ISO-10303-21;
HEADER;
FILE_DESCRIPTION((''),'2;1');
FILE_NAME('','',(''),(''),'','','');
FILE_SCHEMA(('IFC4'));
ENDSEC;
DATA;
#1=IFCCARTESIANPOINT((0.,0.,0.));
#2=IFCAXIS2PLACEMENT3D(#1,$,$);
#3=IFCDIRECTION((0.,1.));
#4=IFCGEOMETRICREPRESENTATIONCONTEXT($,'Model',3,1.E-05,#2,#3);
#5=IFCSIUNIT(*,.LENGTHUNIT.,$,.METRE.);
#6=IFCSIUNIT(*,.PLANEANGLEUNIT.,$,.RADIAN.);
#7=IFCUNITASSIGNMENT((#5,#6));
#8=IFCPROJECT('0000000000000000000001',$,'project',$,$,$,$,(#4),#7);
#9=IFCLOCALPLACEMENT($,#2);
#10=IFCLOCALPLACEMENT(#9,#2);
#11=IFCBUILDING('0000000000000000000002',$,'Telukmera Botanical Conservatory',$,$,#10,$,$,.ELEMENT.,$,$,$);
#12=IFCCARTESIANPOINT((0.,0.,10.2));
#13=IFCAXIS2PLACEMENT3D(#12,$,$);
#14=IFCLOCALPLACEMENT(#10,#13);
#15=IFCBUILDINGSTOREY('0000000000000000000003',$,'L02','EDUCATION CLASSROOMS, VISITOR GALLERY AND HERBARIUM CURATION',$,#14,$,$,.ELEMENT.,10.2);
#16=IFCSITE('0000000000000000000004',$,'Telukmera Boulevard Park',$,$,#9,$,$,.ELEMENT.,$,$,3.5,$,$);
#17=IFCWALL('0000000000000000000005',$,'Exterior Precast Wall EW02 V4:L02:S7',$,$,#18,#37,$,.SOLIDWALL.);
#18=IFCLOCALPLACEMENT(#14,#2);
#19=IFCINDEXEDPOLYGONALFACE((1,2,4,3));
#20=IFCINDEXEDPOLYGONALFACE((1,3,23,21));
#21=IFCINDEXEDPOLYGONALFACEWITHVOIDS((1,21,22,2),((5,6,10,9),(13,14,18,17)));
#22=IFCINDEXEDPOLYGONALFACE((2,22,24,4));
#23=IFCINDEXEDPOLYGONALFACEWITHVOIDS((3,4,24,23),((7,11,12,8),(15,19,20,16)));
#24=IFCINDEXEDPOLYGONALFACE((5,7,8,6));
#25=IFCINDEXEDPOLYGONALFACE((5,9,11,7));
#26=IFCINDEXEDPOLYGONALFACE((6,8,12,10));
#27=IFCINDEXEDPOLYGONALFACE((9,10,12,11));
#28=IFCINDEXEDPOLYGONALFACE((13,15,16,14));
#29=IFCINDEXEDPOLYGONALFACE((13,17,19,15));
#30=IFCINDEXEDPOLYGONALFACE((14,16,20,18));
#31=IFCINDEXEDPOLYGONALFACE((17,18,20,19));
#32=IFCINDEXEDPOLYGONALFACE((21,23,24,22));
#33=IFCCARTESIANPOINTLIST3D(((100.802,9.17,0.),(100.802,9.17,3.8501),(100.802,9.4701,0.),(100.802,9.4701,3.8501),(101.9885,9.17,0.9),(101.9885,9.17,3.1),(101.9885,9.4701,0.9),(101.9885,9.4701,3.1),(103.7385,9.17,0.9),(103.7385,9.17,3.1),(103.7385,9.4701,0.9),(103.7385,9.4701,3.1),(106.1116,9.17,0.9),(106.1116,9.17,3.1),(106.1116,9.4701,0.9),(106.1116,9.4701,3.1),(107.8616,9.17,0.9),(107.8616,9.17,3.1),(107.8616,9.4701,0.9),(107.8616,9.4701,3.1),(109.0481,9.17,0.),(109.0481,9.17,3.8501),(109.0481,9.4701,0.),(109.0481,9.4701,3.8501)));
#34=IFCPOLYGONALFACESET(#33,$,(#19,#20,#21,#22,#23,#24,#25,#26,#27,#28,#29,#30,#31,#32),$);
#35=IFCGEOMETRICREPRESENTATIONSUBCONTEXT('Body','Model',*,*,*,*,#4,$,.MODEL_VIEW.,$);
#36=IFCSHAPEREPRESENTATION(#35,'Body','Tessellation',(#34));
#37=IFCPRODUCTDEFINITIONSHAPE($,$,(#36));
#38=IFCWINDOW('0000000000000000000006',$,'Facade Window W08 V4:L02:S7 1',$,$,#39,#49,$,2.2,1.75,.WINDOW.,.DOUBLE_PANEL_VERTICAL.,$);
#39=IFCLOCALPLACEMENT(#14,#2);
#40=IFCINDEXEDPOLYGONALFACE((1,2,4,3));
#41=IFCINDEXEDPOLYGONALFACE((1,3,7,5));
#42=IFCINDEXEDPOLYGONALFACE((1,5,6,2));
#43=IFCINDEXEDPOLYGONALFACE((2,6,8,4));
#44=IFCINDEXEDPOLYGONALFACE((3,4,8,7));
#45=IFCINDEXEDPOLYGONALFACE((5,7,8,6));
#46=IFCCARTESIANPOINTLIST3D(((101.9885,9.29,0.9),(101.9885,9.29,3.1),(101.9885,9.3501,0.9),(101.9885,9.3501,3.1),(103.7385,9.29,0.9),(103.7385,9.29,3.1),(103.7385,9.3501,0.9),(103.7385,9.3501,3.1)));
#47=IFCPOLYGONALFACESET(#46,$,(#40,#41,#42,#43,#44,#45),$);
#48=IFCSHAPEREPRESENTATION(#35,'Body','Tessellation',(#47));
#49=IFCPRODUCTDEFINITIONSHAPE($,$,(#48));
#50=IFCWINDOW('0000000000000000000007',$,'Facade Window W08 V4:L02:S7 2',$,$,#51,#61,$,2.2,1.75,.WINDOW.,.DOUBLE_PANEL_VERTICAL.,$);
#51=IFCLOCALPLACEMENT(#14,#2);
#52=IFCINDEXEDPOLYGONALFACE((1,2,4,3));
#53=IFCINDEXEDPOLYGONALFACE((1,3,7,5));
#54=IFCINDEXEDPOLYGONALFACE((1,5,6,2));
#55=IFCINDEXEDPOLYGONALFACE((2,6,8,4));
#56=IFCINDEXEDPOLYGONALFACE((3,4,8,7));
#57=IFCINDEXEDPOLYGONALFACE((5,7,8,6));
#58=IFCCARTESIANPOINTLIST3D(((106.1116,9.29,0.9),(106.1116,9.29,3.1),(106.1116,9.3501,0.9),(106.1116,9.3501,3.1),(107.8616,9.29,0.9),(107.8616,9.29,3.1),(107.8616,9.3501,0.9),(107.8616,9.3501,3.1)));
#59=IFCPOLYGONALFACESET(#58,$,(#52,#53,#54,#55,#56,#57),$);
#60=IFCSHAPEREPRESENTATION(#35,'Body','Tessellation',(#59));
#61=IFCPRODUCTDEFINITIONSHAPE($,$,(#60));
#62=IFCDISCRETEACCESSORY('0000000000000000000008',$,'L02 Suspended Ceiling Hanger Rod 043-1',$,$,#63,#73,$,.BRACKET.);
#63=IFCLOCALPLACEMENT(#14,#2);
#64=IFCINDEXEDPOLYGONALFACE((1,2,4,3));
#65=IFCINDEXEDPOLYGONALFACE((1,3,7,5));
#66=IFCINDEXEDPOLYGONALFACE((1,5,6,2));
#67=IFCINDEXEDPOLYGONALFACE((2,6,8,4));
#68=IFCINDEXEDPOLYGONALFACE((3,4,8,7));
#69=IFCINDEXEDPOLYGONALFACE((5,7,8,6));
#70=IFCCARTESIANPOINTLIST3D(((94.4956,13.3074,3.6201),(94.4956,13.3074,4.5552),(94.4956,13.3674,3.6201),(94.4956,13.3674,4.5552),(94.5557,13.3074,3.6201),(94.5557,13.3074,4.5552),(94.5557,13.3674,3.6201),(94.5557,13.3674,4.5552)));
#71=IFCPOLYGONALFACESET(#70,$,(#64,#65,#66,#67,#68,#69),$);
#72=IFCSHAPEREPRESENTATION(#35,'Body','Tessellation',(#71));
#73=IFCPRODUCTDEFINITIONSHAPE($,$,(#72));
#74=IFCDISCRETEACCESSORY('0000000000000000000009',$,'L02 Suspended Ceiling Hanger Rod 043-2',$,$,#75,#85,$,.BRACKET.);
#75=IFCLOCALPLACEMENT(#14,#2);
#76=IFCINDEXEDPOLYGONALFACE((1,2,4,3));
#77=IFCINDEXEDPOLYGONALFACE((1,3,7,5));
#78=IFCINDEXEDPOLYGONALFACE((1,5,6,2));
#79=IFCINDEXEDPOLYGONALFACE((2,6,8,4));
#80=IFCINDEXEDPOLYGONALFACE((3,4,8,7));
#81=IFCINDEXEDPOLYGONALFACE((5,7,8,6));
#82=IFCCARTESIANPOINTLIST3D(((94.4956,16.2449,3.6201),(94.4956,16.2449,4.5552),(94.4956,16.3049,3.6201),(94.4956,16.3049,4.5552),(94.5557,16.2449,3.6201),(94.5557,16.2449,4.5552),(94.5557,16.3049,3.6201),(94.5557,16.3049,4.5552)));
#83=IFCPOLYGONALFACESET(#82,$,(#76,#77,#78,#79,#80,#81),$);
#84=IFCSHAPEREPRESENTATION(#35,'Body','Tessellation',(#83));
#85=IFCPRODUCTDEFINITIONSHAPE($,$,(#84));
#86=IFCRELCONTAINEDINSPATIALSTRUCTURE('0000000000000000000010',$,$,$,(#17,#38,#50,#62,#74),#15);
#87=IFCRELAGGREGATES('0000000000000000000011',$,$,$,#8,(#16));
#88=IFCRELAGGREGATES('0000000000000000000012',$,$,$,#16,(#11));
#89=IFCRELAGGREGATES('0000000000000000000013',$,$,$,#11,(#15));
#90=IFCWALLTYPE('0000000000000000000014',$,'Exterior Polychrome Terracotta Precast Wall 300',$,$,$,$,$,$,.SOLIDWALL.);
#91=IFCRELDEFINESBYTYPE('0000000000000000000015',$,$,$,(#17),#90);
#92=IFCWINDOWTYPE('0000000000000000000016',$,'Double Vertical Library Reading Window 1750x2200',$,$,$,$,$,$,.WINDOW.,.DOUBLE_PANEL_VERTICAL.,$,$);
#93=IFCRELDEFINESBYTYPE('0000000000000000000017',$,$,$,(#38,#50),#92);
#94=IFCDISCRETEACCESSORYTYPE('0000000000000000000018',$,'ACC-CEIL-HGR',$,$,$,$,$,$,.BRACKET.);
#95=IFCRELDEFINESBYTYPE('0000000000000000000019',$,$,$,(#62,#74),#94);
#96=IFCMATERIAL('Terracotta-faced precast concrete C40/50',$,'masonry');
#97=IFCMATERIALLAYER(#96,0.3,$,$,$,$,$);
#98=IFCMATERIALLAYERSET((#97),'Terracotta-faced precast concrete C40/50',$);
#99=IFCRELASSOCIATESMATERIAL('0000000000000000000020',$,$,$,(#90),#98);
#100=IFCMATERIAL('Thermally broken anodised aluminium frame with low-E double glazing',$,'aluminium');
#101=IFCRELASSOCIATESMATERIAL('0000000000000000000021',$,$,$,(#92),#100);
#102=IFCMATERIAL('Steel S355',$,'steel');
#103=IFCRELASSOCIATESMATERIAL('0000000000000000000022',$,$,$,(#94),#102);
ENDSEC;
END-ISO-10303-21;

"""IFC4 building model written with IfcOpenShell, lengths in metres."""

from ifc_helpers import new_model, si_unit, direction, frame, frame_2d, origin, origin_2d, place, context, subcontext, project, spatial, rectangle, extrude, material, layer, layer_set, type_object, element, fill, save


model = new_model("IFC4")

# Units and contexts
model_context = context("Model", 3, precision=1e-05, world=origin(), true_north=direction((0.0, 1.0)))
body_context = subcontext(model_context, "Body", "Model", "MODEL_VIEW")
ifc_project = project(units=[si_unit("LENGTHUNIT", "METRE"), si_unit("PLANEANGLEUNIT", "RADIAN")], contexts=[model_context])

# Site, building, storey
site_placement = place(None, origin())
site = spatial("IfcSite", under=ifc_project, at=site_placement, Name="Telukmera Boulevard Park", CompositionType="ELEMENT", RefElevation=3.5)
building_placement = place(site_placement, origin())
building = spatial("IfcBuilding", under=site, at=building_placement, Name="Telukmera Botanical Conservatory", CompositionType="ELEMENT")
storey_placement = place(building_placement, frame((0.0, 0.0, 10.2)))
storey = spatial("IfcBuildingStorey", under=building, at=storey_placement, Name="L02", Description="EDUCATION CLASSROOMS, VISITOR GALLERY AND HERBARIUM CURATION", CompositionType="ELEMENT", Elevation=10.2)

# Wall, openings, windows
ifc_material_1 = material(Name="Terracotta-faced precast concrete C40/50", Category="masonry")
ifc_layer = layer(ifc_material_1, 0.3)
ifc_layer_set = layer_set([ifc_layer], Name="Terracotta-faced precast concrete C40/50")
wall_type = type_object("IfcWallType", Name="Exterior Polychrome Terracotta Precast Wall 300", PredefinedType="SOLIDWALL", material=ifc_layer_set)
wall_placement = place(storey_placement, frame((100.802, 9.3201, 0.0), z_axis=(0.0, 0.0, 1.0), x_axis=(1.0, 0.0, 0.0)))
wall = element("IfcWall", 1, at=wall_placement, inside=storey, type_object=wall_type, Name="Exterior Precast Wall EW02 V4:L02:S7", PredefinedType="SOLIDWALL", context=body_context, shape_type="SweptSolid", body=[
    extrude(rectangle(XDim=8.2461, YDim=0.3, at=frame_2d((4.123, 0.0))), origin(), (0.0, 0.0, 1.0), 3.8501),
])
opening_1_placement = place(wall_placement, frame((1.1865, 0.0, 0.8999)))
opening_1 = element("IfcOpeningElement", 2, at=opening_1_placement, cuts=wall, PredefinedType="OPENING", context=body_context, shape_type="SweptSolid", body=[
    extrude(rectangle(XDim=1.75, YDim=2.2, at=frame_2d((0.875, 1.1001))), frame((0.0, 0.1599, 0.0), z_axis=(0.0, -1.0, 0.0), x_axis=(1.0, 0.0, 0.0)), (0.0, 0.0, 1.0), 0.3201),
])
opening_2_placement = place(wall_placement, frame((5.3096, 0.0, 0.8999)))
opening_2 = element("IfcOpeningElement", 3, at=opening_2_placement, cuts=wall, PredefinedType="OPENING", context=body_context, shape_type="SweptSolid", body=[
    extrude(rectangle(XDim=1.75, YDim=2.2, at=frame_2d((0.875, 1.1001))), frame((0.0, 0.1599, 0.0), z_axis=(0.0, -1.0, 0.0), x_axis=(1.0, 0.0, 0.0)), (0.0, 0.0, 1.0), 0.3201),
])
ifc_material_2 = material(Name="Thermally broken anodised aluminium frame with low-E double glazing", Category="aluminium")
window_type = type_object("IfcWindowType", Name="Double Vertical Library Reading Window 1750x2200", PartitioningType="DOUBLE_PANEL_VERTICAL", PredefinedType="WINDOW", material=ifc_material_2)
window_1_placement = place(opening_1_placement, origin())
window_1 = element("IfcWindow", 4, at=window_1_placement, inside=storey, type_object=window_type, Name="Facade Window W08 V4:L02:S7 1", OverallHeight=2.2, OverallWidth=1.75, PartitioningType="DOUBLE_PANEL_VERTICAL", PredefinedType="WINDOW", context=body_context, shape_type="SweptSolid", body=[
    extrude(rectangle(XDim=1.75, YDim=2.2, at=frame_2d((0.875, 1.1001))), frame((0.0, 0.03, 0.0), z_axis=(0.0, -1.0, 0.0), x_axis=(1.0, 0.0, 0.0)), (0.0, 0.0, 1.0), 0.0601),
])
fill(opening_1, window_1)
window_2_placement = place(opening_2_placement, origin())
window_2 = element("IfcWindow", 5, at=window_2_placement, inside=storey, type_object=window_type, Name="Facade Window W08 V4:L02:S7 2", OverallHeight=2.2, OverallWidth=1.75, PartitioningType="DOUBLE_PANEL_VERTICAL", PredefinedType="WINDOW", context=body_context, shape_type="SweptSolid", body=[
    extrude(rectangle(XDim=1.75, YDim=2.2, at=frame_2d((0.875, 1.1001))), frame((0.0, 0.03, 0.0), z_axis=(0.0, -1.0, 0.0), x_axis=(1.0, 0.0, 0.0)), (0.0, 0.0, 1.0), 0.0601),
])
fill(opening_2, window_2)

# Discrete accessories
ifc_material_3 = material(Name="Steel S355", Category="steel")
discrete_accessory_type = type_object("IfcDiscreteAccessoryType", Name="ACC-CEIL-HGR", PredefinedType="BRACKET", material=ifc_material_3)
for number, where, z_axis, x_axis, name in (
    (6, (94.5256, 13.3374, 3.6201), (0.0, 0.0, 1.0), (1.0, 0.0, 0.0), "L02 Suspended Ceiling Hanger Rod 043-1"),
    (7, (94.5256, 16.2749, 3.6201), (0.0, 0.0, 1.0), (1.0, 0.0, 0.0), "L02 Suspended Ceiling Hanger Rod 043-2"),
):
    element("IfcDiscreteAccessory", number, at=place(storey_placement, frame(where, z_axis=z_axis, x_axis=x_axis)), inside=storey, type_object=discrete_accessory_type, Name=name, PredefinedType="BRACKET", context=body_context, shape_type="SweptSolid", body=[
        extrude(rectangle(XDim=0.0601, YDim=0.0601, at=origin_2d()), origin(), (0.0, 0.0, 1.0), 0.9351),
    ])

save(model, "model.ifc")
